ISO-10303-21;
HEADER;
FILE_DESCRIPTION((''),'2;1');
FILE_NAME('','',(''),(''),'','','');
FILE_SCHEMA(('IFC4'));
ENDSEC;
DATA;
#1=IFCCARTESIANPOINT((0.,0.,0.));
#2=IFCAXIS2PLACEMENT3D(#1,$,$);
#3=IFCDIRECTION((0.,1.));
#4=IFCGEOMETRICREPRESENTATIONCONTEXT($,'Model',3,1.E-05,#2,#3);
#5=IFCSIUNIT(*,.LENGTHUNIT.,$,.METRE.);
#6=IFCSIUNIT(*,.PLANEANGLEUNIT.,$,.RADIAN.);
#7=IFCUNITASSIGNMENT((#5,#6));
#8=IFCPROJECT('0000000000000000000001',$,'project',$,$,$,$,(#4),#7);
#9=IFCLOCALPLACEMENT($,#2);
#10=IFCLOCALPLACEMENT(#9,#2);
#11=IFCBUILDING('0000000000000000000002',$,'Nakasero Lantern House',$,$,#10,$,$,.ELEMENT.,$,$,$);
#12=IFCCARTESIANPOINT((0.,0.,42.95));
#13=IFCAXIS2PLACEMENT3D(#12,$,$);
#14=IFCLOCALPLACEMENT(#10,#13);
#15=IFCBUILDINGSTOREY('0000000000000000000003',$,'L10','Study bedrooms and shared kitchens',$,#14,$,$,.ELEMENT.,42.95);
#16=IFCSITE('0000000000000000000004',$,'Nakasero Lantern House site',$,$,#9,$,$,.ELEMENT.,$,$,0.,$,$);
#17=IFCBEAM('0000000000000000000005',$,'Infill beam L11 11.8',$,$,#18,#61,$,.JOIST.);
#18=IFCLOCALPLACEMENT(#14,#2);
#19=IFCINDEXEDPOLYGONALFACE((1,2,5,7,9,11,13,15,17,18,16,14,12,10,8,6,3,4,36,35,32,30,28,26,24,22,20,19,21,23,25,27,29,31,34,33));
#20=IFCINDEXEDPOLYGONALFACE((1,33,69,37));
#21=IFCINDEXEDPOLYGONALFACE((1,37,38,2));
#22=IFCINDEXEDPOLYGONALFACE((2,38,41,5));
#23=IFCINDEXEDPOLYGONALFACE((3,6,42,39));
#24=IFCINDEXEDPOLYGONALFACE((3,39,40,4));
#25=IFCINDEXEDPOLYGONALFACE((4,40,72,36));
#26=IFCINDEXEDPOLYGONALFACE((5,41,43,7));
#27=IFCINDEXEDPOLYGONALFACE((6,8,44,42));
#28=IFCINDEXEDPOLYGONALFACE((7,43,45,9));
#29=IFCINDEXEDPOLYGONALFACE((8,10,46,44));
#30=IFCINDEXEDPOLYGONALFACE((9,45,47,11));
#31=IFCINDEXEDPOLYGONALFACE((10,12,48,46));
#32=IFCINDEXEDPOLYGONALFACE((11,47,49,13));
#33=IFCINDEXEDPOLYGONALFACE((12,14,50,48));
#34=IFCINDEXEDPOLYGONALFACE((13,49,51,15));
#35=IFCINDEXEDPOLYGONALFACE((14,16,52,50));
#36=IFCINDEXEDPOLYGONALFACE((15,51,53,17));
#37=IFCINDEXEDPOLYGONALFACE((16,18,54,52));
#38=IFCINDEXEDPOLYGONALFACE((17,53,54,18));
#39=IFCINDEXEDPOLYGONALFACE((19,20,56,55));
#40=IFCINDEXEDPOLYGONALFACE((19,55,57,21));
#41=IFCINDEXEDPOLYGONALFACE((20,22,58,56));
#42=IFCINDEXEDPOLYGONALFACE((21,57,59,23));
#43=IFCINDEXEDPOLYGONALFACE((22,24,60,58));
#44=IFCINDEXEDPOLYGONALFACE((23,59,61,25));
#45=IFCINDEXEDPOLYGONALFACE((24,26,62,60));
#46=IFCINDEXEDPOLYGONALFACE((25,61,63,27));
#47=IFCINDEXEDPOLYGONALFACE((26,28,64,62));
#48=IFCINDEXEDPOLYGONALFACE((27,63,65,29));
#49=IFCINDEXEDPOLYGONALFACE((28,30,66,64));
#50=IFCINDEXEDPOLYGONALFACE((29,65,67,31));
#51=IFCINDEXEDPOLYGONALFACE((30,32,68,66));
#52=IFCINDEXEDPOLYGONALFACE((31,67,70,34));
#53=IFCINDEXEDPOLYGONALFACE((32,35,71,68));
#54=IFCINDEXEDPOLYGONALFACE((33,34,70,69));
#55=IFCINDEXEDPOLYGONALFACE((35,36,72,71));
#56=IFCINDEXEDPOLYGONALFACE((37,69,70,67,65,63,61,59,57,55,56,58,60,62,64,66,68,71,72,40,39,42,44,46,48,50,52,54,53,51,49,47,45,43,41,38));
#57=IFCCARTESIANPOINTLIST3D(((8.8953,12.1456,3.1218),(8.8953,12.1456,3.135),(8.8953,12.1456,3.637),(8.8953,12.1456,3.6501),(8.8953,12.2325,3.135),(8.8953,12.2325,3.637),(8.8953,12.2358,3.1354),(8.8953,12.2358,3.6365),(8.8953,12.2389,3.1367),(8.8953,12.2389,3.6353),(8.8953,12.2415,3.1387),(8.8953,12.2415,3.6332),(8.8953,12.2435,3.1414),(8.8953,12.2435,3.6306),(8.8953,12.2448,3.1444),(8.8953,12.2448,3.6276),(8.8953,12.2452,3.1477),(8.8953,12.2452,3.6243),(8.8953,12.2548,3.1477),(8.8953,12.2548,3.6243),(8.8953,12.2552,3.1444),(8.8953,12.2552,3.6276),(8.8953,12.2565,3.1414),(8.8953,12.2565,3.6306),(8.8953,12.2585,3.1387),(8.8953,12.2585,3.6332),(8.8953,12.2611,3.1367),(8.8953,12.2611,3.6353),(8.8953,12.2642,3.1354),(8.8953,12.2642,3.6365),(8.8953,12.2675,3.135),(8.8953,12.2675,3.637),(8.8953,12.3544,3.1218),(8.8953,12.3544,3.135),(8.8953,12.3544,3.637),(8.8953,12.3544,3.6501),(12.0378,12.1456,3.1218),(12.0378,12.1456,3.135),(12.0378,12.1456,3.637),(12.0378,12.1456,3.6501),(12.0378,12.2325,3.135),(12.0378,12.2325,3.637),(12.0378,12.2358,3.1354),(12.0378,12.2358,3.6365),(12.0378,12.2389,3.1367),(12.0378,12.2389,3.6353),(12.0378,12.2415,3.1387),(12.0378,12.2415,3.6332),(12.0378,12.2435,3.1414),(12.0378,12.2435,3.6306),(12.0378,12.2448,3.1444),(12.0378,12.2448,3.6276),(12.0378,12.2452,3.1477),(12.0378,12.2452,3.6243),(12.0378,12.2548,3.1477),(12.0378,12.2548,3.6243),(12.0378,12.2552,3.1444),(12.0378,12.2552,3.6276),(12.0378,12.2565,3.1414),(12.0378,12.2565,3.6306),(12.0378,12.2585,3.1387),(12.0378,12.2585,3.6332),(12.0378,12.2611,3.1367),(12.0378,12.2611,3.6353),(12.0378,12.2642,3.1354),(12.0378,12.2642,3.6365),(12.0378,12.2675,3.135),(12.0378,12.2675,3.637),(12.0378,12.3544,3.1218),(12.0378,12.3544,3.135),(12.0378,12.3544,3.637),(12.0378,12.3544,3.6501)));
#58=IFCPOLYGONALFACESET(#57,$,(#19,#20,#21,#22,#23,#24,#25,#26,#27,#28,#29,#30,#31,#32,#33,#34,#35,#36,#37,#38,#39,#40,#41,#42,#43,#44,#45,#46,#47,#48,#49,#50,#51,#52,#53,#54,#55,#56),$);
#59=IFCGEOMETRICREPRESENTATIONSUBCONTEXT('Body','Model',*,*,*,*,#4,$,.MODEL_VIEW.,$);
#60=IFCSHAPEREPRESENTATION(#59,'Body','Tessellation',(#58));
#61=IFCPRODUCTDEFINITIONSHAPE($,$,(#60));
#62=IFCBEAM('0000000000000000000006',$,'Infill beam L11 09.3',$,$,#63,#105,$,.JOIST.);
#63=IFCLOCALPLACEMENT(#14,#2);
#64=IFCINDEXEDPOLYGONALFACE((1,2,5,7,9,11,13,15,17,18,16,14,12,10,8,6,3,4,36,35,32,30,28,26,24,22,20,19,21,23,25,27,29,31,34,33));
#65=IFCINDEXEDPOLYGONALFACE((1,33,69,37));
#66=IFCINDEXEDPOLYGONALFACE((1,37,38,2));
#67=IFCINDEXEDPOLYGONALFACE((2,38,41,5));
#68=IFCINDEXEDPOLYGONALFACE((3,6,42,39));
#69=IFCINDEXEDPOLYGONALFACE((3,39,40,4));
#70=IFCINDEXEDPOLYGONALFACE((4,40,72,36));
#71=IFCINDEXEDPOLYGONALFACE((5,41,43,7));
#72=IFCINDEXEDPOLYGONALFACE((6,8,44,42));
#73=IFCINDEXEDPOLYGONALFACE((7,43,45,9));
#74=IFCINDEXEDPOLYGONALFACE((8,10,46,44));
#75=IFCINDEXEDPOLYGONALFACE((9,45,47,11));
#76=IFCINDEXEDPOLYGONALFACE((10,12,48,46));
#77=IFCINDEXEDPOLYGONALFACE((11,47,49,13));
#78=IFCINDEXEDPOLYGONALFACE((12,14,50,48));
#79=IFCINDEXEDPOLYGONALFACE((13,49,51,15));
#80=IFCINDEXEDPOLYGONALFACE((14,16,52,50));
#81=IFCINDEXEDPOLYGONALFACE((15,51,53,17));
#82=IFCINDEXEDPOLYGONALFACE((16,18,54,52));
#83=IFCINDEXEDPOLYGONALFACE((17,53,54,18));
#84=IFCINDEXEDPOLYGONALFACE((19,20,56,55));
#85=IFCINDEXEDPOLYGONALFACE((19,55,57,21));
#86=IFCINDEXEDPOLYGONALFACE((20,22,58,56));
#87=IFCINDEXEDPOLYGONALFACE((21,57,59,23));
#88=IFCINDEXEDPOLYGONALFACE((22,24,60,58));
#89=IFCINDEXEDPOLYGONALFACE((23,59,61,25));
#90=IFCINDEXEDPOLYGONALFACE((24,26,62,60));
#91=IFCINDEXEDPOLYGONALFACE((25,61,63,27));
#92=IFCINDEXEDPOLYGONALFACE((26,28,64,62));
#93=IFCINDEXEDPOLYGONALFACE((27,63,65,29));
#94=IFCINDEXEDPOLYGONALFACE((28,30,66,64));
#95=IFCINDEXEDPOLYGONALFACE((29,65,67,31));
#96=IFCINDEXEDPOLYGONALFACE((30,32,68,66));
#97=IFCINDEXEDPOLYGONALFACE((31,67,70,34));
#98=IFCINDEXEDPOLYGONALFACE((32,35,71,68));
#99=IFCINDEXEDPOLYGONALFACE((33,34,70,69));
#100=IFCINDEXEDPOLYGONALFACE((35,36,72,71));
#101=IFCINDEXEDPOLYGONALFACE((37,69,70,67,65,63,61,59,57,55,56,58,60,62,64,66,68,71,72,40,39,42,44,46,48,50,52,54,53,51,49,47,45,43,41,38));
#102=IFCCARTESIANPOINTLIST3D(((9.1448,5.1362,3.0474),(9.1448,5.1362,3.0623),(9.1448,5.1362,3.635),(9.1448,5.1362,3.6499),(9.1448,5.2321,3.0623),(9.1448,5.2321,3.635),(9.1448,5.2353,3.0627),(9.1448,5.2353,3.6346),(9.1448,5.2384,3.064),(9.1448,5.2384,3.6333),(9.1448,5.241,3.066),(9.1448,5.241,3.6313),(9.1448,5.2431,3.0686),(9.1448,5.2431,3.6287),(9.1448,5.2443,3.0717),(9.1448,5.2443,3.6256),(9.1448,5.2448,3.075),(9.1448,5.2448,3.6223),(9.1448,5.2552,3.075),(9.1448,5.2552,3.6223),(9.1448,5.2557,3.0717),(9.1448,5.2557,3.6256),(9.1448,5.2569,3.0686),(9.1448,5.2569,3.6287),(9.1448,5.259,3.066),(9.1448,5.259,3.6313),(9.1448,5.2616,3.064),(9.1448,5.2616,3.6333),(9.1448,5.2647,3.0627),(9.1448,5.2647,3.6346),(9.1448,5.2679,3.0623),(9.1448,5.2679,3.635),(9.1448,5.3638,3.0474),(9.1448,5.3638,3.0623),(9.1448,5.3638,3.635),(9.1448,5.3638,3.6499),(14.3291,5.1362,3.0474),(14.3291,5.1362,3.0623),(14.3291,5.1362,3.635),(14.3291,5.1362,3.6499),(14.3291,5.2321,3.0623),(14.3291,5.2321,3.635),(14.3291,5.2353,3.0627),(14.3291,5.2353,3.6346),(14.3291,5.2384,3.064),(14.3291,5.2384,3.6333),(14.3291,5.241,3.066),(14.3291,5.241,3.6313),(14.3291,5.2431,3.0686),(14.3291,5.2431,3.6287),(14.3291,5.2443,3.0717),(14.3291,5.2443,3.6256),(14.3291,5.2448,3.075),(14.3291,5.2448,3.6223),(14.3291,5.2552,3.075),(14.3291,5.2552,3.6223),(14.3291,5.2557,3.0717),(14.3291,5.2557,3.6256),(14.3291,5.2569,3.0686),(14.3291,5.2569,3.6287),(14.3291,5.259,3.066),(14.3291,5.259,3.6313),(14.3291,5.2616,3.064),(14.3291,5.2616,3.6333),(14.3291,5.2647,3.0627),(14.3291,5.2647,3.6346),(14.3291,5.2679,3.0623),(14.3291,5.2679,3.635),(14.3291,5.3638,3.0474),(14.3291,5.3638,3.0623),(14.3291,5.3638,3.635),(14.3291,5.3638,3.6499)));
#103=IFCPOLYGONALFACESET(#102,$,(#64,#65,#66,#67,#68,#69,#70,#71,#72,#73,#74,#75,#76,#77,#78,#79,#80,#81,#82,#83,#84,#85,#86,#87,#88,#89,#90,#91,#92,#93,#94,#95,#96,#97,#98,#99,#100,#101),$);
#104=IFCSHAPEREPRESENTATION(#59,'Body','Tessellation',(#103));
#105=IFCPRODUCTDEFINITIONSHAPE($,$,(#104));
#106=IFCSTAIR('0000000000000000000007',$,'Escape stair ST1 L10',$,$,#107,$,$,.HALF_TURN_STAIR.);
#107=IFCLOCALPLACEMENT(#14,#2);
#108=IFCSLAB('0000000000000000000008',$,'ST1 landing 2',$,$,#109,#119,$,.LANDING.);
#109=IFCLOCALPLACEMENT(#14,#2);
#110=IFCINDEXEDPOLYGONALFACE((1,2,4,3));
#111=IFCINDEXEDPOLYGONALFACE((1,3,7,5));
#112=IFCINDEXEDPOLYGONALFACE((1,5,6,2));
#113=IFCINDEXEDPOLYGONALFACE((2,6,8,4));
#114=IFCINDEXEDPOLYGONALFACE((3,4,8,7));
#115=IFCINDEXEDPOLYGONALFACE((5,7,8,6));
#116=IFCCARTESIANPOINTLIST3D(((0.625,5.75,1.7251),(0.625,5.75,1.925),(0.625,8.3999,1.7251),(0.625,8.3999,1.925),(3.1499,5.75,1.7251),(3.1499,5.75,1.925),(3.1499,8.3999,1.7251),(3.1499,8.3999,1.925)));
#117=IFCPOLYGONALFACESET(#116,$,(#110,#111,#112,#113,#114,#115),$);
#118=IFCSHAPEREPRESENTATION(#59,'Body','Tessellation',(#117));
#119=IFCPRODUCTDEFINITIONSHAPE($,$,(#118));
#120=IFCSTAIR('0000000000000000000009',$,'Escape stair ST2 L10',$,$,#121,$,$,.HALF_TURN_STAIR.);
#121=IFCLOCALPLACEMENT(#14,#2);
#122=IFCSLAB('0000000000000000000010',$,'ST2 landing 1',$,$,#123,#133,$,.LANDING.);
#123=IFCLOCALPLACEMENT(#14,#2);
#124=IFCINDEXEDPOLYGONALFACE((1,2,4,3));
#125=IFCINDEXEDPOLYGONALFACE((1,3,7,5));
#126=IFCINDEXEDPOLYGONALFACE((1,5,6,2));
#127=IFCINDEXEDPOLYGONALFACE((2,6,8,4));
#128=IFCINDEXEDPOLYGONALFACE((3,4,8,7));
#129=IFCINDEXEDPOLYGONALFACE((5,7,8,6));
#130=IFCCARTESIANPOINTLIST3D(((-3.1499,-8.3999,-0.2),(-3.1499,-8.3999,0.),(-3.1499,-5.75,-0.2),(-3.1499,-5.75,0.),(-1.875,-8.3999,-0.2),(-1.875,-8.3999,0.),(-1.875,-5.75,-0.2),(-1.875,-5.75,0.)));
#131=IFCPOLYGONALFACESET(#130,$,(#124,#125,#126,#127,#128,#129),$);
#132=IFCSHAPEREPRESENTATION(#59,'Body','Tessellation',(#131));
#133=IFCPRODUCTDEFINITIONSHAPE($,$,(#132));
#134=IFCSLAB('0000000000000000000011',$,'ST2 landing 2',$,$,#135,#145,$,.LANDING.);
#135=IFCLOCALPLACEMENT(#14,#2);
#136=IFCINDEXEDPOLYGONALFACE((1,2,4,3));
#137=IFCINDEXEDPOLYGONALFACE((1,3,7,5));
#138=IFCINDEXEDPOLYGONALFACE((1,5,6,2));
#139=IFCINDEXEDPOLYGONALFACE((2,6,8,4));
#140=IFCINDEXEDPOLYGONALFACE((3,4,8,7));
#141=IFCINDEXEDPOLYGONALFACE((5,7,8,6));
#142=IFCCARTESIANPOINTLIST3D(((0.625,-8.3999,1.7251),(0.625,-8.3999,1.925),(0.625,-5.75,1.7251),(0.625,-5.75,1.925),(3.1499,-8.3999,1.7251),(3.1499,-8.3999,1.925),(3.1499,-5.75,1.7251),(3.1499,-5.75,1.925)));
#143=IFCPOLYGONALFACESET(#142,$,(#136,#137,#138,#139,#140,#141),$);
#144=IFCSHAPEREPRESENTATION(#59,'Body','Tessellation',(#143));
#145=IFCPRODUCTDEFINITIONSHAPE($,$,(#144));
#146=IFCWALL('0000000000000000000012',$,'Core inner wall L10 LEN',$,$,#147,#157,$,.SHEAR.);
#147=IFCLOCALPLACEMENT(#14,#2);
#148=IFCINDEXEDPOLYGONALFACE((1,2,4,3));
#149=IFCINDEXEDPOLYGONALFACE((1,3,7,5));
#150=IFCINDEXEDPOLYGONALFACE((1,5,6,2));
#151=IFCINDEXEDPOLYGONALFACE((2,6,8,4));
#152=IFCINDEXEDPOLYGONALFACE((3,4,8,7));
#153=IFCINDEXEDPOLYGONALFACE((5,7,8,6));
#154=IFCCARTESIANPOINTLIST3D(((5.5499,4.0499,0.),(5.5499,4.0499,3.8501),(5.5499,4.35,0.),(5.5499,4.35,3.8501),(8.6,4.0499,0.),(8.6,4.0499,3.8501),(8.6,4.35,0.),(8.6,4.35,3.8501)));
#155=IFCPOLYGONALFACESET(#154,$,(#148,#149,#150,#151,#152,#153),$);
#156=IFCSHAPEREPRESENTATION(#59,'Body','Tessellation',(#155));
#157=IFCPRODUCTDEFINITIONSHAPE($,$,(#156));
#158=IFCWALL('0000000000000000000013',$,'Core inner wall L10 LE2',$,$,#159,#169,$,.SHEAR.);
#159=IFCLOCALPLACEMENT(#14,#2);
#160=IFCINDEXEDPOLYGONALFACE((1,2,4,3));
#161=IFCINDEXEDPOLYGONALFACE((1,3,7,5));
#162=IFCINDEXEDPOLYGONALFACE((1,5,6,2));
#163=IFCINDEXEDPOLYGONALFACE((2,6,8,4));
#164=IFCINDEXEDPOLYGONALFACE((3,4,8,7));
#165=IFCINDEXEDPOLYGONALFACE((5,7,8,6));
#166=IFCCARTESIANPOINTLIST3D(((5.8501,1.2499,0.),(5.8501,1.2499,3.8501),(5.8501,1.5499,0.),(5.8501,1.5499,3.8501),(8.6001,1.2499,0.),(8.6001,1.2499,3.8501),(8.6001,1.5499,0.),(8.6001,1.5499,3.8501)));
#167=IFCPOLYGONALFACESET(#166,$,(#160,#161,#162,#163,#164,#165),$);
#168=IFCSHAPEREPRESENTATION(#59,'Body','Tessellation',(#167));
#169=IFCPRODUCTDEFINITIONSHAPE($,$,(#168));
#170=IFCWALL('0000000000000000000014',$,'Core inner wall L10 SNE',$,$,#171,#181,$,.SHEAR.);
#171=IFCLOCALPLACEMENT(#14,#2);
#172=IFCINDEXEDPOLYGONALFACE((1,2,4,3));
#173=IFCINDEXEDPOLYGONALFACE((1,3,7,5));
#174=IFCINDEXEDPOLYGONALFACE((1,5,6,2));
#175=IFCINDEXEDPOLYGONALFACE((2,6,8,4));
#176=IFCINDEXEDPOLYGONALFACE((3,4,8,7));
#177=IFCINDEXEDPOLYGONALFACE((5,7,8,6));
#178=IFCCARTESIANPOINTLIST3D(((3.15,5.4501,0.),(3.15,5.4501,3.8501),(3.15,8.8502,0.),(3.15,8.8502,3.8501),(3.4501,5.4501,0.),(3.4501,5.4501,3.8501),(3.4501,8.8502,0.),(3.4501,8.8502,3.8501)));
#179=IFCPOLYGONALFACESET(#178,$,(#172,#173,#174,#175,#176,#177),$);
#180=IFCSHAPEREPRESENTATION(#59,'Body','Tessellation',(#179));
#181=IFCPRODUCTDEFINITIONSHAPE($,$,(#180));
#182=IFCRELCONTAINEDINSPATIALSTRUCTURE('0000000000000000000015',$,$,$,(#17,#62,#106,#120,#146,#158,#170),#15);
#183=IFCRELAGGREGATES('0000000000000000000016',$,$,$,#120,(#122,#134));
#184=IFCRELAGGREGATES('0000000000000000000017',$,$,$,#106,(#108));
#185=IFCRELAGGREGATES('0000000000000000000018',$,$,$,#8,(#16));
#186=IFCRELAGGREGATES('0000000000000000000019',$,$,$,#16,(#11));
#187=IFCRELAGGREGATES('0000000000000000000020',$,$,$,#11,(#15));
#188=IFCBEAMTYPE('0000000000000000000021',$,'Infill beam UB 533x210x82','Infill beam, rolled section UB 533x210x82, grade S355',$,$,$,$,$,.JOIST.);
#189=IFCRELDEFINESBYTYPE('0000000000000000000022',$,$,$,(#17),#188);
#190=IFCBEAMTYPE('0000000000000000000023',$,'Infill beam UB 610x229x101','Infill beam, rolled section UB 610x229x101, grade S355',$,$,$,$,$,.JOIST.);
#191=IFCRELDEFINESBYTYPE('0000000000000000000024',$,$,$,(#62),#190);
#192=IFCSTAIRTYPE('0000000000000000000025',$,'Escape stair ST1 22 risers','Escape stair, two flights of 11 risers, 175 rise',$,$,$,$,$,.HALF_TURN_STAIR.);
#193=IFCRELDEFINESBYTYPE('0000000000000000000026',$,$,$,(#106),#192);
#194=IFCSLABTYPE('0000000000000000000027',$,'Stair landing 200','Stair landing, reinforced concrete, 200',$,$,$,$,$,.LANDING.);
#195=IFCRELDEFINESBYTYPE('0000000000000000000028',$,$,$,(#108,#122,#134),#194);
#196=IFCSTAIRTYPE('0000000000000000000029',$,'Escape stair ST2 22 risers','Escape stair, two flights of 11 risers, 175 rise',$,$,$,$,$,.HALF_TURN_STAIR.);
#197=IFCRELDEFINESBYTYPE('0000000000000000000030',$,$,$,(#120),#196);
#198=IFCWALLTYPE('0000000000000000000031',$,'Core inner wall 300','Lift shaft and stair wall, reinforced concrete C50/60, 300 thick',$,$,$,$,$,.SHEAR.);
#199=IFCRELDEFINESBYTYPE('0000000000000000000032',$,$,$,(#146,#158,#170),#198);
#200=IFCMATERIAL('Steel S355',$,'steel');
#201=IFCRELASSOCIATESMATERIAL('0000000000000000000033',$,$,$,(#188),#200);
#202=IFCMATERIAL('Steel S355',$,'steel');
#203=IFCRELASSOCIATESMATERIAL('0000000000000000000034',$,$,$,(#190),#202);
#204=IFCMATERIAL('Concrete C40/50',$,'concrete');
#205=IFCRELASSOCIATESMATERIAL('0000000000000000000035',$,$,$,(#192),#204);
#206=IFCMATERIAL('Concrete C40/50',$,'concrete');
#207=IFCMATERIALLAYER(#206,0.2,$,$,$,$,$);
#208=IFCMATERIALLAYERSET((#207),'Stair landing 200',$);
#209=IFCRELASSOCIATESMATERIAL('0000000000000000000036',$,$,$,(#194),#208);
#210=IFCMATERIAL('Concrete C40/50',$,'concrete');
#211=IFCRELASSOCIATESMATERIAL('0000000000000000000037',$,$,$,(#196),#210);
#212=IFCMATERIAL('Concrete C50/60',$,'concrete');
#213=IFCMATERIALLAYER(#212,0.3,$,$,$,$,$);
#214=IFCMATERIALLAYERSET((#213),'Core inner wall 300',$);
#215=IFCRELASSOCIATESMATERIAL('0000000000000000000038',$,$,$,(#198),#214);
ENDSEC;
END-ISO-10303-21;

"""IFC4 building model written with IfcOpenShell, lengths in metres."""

from ifc_helpers import new_model, si_unit, direction, frame, frame_2d, origin, origin_2d, place, context, subcontext, project, spatial, polyline, rectangle, i_section, outline, extrude, material, layer, layer_set, material_profile, profile_set, type_object, element, aggregate, save


model = new_model("IFC4")

# Units and contexts
model_context = context("Model", 3, precision=1e-05, world=origin(), true_north=direction((0.0, 1.0)))
body_context = subcontext(model_context, "Body", "Model", "MODEL_VIEW")
ifc_project = project(units=[si_unit("LENGTHUNIT", "METRE"), si_unit("PLANEANGLEUNIT", "RADIAN")], contexts=[model_context])

# Site, building, storey
site_placement = place(None, origin())
site = spatial("IfcSite", under=ifc_project, at=site_placement, Name="Nakasero Lantern House site", CompositionType="ELEMENT", RefElevation=0.0)
building_placement = place(site_placement, origin())
building = spatial("IfcBuilding", under=site, at=building_placement, Name="Nakasero Lantern House", CompositionType="ELEMENT")
storey_placement = place(building_placement, frame((0.0, 0.0, 42.95)))
storey = spatial("IfcBuildingStorey", under=building, at=storey_placement, Name="L10", Description="Study bedrooms and shared kitchens", CompositionType="ELEMENT", Elevation=42.95)

# Beams
ifc_material_1 = material(Name="Steel S355", Category="steel")
ifc_material_profile_1 = material_profile(ifc_material_1, i_section(OverallWidth=0.2087, OverallDepth=0.5283, WebThickness=0.0095, FlangeThickness=0.0132, FilletRadius=0.0127, at=origin_2d()), Name="UB 533x210x82")
ifc_profile_set_1 = profile_set([ifc_material_profile_1], Name="Steel S355")
beam_type_1 = type_object("IfcBeamType", Name="Infill beam UB 533x210x82", Description="Infill beam, rolled section UB 533x210x82, grade S355", PredefinedType="JOIST", material=ifc_profile_set_1)
beam_1_placement = place(storey_placement, frame((8.8953, 12.25, 3.386), z_axis=(1.0, 0.0, 0.0), x_axis=(0.0, 1.0, 0.0)))
element("IfcBeam", 1, at=beam_1_placement, inside=storey, type_object=beam_type_1, Name="Infill beam L11 11.8", PredefinedType="JOIST", context=body_context, shape_type="SweptSolid", body=[
    extrude(i_section(OverallWidth=0.2087, OverallDepth=0.5283, WebThickness=0.0095, FlangeThickness=0.0132, FilletRadius=0.0127, at=origin_2d()), origin(), (0.0, 0.0, 1.0), 3.1426),
])
ifc_material_2 = material(Name="Steel S355", Category="steel")
ifc_material_profile_2 = material_profile(ifc_material_2, i_section(OverallWidth=0.2275, OverallDepth=0.6025, WebThickness=0.0105, FlangeThickness=0.0149, FilletRadius=0.0127, at=origin_2d()), Name="UB 610x229x101")
ifc_profile_set_2 = profile_set([ifc_material_profile_2], Name="Steel S355")
beam_type_2 = type_object("IfcBeamType", Name="Infill beam UB 610x229x101", Description="Infill beam, rolled section UB 610x229x101, grade S355", PredefinedType="JOIST", material=ifc_profile_set_2)
beam_2_placement = place(storey_placement, frame((9.1448, 5.25, 3.3486), z_axis=(1.0, 0.0, 0.0), x_axis=(0.0, 1.0, 0.0)))
element("IfcBeam", 2, at=beam_2_placement, inside=storey, type_object=beam_type_2, Name="Infill beam L11 09.3", PredefinedType="JOIST", context=body_context, shape_type="SweptSolid", body=[
    extrude(i_section(OverallWidth=0.2275, OverallDepth=0.6025, WebThickness=0.0105, FlangeThickness=0.0149, FilletRadius=0.0127, at=origin_2d()), origin(), (0.0, 0.0, 1.0), 5.1843),
])

# Stair, slab
ifc_material_3 = material(Name="Concrete C40/50", Category="concrete")
stair_type_1 = type_object("IfcStairType", Name="Escape stair ST1 22 risers", Description="Escape stair, two flights of 11 risers, 175 rise", PredefinedType="HALF_TURN_STAIR", material=ifc_material_3)
stair_1_placement = place(storey_placement, origin())
stair_1 = element("IfcStair", 3, at=stair_1_placement, inside=storey, type_object=stair_type_1, Name="Escape stair ST1 L10", PredefinedType="HALF_TURN_STAIR")
ifc_material_4 = material(Name="Concrete C40/50", Category="concrete")
ifc_layer_1 = layer(ifc_material_4, 0.2)
ifc_layer_set_1 = layer_set([ifc_layer_1], Name="Stair landing 200")
slab_type = type_object("IfcSlabType", Name="Stair landing 200", Description="Stair landing, reinforced concrete, 200", PredefinedType="LANDING", material=ifc_layer_set_1)
slab_1_placement = place(storey_placement, frame((0.0, 0.0, 1.7251)))
slab_1 = element("IfcSlab", 4, at=slab_1_placement, type_object=slab_type, Name="ST1 landing 2", PredefinedType="LANDING", context=body_context, shape_type="SweptSolid", body=[
    extrude(outline(polyline([(0.625, 5.75), (3.1499, 5.75), (3.1499, 8.3999), (0.625, 8.3999), (0.625, 5.75)])), origin(), (0.0, 0.0, 1.0), 0.2),
])

# Stair, slabs
ifc_material_5 = material(Name="Concrete C40/50", Category="concrete")
stair_type_2 = type_object("IfcStairType", Name="Escape stair ST2 22 risers", Description="Escape stair, two flights of 11 risers, 175 rise", PredefinedType="HALF_TURN_STAIR", material=ifc_material_5)
stair_2_placement = place(storey_placement, origin())
stair_2 = element("IfcStair", 5, at=stair_2_placement, inside=storey, type_object=stair_type_2, Name="Escape stair ST2 L10", PredefinedType="HALF_TURN_STAIR")
slab_2_placement = place(storey_placement, frame((0.0, 0.0, -0.2)))
slab_2 = element("IfcSlab", 6, at=slab_2_placement, type_object=slab_type, Name="ST2 landing 1", PredefinedType="LANDING", context=body_context, shape_type="SweptSolid", body=[
    extrude(outline(polyline([(-3.1499, -8.3999), (-1.875, -8.3999), (-1.875, -5.75), (-3.1499, -5.75), (-3.1499, -8.3999)])), origin(), (0.0, 0.0, 1.0), 0.2),
])
slab_3_placement = place(storey_placement, frame((0.0, 0.0, 1.7251)))
slab_3 = element("IfcSlab", 7, at=slab_3_placement, type_object=slab_type, Name="ST2 landing 2", PredefinedType="LANDING", context=body_context, shape_type="SweptSolid", body=[
    extrude(outline(polyline([(0.625, -8.3999), (3.1499, -8.3999), (3.1499, -5.75), (0.625, -5.75), (0.625, -8.3999)])), origin(), (0.0, 0.0, 1.0), 0.2),
])
aggregate(stair_2, [slab_2, slab_3])

# Walls
ifc_material_6 = material(Name="Concrete C50/60", Category="concrete")
ifc_layer_2 = layer(ifc_material_6, 0.3)
ifc_layer_set_2 = layer_set([ifc_layer_2], Name="Core inner wall 300")
wall_type_1 = type_object("IfcWallType", Name="Core inner wall 300", Description="Lift shaft and stair wall, reinforced concrete C50/60, 300 thick", PredefinedType="SHEAR", material=ifc_layer_set_2)
wall_1_placement = place(storey_placement, frame((5.55, 4.2, 0.0), z_axis=(0.0, 0.0, 1.0), x_axis=(1.0, 0.0, 0.0)))
element("IfcWall", 8, at=wall_1_placement, inside=storey, type_object=wall_type_1, Name="Core inner wall L10 LEN", PredefinedType="SHEAR", context=body_context, shape_type="SweptSolid", body=[
    extrude(rectangle(XDim=3.05, YDim=0.3, at=frame_2d((1.5249, 0.0))), origin(), (0.0, 0.0, 1.0), 3.8501),
])
wall_2_placement = place(storey_placement, frame((5.8501, 1.3999, 0.0), z_axis=(0.0, 0.0, 1.0), x_axis=(1.0, 0.0, 0.0)))
element("IfcWall", 9, at=wall_2_placement, inside=storey, type_object=wall_type_1, Name="Core inner wall L10 LE2", PredefinedType="SHEAR", context=body_context, shape_type="SweptSolid", body=[
    extrude(rectangle(XDim=2.75, YDim=0.3, at=frame_2d((1.375, 0.0))), origin(), (0.0, 0.0, 1.0), 3.8501),
])
wall_3_placement = place(storey_placement, frame((3.3, 5.45, 0.0), z_axis=(0.0, 0.0, 1.0), x_axis=(0.0, 1.0, 0.0)))
element("IfcWall", 10, at=wall_3_placement, inside=storey, type_object=wall_type_1, Name="Core inner wall L10 SNE", PredefinedType="SHEAR", context=body_context, shape_type="SweptSolid", body=[
    extrude(rectangle(XDim=3.4001, YDim=0.3, at=frame_2d((1.7002, 0.0))), origin(), (0.0, 0.0, 1.0), 3.8501),
])

aggregate(stair_1, [slab_1])

save(model, "model.ifc")
